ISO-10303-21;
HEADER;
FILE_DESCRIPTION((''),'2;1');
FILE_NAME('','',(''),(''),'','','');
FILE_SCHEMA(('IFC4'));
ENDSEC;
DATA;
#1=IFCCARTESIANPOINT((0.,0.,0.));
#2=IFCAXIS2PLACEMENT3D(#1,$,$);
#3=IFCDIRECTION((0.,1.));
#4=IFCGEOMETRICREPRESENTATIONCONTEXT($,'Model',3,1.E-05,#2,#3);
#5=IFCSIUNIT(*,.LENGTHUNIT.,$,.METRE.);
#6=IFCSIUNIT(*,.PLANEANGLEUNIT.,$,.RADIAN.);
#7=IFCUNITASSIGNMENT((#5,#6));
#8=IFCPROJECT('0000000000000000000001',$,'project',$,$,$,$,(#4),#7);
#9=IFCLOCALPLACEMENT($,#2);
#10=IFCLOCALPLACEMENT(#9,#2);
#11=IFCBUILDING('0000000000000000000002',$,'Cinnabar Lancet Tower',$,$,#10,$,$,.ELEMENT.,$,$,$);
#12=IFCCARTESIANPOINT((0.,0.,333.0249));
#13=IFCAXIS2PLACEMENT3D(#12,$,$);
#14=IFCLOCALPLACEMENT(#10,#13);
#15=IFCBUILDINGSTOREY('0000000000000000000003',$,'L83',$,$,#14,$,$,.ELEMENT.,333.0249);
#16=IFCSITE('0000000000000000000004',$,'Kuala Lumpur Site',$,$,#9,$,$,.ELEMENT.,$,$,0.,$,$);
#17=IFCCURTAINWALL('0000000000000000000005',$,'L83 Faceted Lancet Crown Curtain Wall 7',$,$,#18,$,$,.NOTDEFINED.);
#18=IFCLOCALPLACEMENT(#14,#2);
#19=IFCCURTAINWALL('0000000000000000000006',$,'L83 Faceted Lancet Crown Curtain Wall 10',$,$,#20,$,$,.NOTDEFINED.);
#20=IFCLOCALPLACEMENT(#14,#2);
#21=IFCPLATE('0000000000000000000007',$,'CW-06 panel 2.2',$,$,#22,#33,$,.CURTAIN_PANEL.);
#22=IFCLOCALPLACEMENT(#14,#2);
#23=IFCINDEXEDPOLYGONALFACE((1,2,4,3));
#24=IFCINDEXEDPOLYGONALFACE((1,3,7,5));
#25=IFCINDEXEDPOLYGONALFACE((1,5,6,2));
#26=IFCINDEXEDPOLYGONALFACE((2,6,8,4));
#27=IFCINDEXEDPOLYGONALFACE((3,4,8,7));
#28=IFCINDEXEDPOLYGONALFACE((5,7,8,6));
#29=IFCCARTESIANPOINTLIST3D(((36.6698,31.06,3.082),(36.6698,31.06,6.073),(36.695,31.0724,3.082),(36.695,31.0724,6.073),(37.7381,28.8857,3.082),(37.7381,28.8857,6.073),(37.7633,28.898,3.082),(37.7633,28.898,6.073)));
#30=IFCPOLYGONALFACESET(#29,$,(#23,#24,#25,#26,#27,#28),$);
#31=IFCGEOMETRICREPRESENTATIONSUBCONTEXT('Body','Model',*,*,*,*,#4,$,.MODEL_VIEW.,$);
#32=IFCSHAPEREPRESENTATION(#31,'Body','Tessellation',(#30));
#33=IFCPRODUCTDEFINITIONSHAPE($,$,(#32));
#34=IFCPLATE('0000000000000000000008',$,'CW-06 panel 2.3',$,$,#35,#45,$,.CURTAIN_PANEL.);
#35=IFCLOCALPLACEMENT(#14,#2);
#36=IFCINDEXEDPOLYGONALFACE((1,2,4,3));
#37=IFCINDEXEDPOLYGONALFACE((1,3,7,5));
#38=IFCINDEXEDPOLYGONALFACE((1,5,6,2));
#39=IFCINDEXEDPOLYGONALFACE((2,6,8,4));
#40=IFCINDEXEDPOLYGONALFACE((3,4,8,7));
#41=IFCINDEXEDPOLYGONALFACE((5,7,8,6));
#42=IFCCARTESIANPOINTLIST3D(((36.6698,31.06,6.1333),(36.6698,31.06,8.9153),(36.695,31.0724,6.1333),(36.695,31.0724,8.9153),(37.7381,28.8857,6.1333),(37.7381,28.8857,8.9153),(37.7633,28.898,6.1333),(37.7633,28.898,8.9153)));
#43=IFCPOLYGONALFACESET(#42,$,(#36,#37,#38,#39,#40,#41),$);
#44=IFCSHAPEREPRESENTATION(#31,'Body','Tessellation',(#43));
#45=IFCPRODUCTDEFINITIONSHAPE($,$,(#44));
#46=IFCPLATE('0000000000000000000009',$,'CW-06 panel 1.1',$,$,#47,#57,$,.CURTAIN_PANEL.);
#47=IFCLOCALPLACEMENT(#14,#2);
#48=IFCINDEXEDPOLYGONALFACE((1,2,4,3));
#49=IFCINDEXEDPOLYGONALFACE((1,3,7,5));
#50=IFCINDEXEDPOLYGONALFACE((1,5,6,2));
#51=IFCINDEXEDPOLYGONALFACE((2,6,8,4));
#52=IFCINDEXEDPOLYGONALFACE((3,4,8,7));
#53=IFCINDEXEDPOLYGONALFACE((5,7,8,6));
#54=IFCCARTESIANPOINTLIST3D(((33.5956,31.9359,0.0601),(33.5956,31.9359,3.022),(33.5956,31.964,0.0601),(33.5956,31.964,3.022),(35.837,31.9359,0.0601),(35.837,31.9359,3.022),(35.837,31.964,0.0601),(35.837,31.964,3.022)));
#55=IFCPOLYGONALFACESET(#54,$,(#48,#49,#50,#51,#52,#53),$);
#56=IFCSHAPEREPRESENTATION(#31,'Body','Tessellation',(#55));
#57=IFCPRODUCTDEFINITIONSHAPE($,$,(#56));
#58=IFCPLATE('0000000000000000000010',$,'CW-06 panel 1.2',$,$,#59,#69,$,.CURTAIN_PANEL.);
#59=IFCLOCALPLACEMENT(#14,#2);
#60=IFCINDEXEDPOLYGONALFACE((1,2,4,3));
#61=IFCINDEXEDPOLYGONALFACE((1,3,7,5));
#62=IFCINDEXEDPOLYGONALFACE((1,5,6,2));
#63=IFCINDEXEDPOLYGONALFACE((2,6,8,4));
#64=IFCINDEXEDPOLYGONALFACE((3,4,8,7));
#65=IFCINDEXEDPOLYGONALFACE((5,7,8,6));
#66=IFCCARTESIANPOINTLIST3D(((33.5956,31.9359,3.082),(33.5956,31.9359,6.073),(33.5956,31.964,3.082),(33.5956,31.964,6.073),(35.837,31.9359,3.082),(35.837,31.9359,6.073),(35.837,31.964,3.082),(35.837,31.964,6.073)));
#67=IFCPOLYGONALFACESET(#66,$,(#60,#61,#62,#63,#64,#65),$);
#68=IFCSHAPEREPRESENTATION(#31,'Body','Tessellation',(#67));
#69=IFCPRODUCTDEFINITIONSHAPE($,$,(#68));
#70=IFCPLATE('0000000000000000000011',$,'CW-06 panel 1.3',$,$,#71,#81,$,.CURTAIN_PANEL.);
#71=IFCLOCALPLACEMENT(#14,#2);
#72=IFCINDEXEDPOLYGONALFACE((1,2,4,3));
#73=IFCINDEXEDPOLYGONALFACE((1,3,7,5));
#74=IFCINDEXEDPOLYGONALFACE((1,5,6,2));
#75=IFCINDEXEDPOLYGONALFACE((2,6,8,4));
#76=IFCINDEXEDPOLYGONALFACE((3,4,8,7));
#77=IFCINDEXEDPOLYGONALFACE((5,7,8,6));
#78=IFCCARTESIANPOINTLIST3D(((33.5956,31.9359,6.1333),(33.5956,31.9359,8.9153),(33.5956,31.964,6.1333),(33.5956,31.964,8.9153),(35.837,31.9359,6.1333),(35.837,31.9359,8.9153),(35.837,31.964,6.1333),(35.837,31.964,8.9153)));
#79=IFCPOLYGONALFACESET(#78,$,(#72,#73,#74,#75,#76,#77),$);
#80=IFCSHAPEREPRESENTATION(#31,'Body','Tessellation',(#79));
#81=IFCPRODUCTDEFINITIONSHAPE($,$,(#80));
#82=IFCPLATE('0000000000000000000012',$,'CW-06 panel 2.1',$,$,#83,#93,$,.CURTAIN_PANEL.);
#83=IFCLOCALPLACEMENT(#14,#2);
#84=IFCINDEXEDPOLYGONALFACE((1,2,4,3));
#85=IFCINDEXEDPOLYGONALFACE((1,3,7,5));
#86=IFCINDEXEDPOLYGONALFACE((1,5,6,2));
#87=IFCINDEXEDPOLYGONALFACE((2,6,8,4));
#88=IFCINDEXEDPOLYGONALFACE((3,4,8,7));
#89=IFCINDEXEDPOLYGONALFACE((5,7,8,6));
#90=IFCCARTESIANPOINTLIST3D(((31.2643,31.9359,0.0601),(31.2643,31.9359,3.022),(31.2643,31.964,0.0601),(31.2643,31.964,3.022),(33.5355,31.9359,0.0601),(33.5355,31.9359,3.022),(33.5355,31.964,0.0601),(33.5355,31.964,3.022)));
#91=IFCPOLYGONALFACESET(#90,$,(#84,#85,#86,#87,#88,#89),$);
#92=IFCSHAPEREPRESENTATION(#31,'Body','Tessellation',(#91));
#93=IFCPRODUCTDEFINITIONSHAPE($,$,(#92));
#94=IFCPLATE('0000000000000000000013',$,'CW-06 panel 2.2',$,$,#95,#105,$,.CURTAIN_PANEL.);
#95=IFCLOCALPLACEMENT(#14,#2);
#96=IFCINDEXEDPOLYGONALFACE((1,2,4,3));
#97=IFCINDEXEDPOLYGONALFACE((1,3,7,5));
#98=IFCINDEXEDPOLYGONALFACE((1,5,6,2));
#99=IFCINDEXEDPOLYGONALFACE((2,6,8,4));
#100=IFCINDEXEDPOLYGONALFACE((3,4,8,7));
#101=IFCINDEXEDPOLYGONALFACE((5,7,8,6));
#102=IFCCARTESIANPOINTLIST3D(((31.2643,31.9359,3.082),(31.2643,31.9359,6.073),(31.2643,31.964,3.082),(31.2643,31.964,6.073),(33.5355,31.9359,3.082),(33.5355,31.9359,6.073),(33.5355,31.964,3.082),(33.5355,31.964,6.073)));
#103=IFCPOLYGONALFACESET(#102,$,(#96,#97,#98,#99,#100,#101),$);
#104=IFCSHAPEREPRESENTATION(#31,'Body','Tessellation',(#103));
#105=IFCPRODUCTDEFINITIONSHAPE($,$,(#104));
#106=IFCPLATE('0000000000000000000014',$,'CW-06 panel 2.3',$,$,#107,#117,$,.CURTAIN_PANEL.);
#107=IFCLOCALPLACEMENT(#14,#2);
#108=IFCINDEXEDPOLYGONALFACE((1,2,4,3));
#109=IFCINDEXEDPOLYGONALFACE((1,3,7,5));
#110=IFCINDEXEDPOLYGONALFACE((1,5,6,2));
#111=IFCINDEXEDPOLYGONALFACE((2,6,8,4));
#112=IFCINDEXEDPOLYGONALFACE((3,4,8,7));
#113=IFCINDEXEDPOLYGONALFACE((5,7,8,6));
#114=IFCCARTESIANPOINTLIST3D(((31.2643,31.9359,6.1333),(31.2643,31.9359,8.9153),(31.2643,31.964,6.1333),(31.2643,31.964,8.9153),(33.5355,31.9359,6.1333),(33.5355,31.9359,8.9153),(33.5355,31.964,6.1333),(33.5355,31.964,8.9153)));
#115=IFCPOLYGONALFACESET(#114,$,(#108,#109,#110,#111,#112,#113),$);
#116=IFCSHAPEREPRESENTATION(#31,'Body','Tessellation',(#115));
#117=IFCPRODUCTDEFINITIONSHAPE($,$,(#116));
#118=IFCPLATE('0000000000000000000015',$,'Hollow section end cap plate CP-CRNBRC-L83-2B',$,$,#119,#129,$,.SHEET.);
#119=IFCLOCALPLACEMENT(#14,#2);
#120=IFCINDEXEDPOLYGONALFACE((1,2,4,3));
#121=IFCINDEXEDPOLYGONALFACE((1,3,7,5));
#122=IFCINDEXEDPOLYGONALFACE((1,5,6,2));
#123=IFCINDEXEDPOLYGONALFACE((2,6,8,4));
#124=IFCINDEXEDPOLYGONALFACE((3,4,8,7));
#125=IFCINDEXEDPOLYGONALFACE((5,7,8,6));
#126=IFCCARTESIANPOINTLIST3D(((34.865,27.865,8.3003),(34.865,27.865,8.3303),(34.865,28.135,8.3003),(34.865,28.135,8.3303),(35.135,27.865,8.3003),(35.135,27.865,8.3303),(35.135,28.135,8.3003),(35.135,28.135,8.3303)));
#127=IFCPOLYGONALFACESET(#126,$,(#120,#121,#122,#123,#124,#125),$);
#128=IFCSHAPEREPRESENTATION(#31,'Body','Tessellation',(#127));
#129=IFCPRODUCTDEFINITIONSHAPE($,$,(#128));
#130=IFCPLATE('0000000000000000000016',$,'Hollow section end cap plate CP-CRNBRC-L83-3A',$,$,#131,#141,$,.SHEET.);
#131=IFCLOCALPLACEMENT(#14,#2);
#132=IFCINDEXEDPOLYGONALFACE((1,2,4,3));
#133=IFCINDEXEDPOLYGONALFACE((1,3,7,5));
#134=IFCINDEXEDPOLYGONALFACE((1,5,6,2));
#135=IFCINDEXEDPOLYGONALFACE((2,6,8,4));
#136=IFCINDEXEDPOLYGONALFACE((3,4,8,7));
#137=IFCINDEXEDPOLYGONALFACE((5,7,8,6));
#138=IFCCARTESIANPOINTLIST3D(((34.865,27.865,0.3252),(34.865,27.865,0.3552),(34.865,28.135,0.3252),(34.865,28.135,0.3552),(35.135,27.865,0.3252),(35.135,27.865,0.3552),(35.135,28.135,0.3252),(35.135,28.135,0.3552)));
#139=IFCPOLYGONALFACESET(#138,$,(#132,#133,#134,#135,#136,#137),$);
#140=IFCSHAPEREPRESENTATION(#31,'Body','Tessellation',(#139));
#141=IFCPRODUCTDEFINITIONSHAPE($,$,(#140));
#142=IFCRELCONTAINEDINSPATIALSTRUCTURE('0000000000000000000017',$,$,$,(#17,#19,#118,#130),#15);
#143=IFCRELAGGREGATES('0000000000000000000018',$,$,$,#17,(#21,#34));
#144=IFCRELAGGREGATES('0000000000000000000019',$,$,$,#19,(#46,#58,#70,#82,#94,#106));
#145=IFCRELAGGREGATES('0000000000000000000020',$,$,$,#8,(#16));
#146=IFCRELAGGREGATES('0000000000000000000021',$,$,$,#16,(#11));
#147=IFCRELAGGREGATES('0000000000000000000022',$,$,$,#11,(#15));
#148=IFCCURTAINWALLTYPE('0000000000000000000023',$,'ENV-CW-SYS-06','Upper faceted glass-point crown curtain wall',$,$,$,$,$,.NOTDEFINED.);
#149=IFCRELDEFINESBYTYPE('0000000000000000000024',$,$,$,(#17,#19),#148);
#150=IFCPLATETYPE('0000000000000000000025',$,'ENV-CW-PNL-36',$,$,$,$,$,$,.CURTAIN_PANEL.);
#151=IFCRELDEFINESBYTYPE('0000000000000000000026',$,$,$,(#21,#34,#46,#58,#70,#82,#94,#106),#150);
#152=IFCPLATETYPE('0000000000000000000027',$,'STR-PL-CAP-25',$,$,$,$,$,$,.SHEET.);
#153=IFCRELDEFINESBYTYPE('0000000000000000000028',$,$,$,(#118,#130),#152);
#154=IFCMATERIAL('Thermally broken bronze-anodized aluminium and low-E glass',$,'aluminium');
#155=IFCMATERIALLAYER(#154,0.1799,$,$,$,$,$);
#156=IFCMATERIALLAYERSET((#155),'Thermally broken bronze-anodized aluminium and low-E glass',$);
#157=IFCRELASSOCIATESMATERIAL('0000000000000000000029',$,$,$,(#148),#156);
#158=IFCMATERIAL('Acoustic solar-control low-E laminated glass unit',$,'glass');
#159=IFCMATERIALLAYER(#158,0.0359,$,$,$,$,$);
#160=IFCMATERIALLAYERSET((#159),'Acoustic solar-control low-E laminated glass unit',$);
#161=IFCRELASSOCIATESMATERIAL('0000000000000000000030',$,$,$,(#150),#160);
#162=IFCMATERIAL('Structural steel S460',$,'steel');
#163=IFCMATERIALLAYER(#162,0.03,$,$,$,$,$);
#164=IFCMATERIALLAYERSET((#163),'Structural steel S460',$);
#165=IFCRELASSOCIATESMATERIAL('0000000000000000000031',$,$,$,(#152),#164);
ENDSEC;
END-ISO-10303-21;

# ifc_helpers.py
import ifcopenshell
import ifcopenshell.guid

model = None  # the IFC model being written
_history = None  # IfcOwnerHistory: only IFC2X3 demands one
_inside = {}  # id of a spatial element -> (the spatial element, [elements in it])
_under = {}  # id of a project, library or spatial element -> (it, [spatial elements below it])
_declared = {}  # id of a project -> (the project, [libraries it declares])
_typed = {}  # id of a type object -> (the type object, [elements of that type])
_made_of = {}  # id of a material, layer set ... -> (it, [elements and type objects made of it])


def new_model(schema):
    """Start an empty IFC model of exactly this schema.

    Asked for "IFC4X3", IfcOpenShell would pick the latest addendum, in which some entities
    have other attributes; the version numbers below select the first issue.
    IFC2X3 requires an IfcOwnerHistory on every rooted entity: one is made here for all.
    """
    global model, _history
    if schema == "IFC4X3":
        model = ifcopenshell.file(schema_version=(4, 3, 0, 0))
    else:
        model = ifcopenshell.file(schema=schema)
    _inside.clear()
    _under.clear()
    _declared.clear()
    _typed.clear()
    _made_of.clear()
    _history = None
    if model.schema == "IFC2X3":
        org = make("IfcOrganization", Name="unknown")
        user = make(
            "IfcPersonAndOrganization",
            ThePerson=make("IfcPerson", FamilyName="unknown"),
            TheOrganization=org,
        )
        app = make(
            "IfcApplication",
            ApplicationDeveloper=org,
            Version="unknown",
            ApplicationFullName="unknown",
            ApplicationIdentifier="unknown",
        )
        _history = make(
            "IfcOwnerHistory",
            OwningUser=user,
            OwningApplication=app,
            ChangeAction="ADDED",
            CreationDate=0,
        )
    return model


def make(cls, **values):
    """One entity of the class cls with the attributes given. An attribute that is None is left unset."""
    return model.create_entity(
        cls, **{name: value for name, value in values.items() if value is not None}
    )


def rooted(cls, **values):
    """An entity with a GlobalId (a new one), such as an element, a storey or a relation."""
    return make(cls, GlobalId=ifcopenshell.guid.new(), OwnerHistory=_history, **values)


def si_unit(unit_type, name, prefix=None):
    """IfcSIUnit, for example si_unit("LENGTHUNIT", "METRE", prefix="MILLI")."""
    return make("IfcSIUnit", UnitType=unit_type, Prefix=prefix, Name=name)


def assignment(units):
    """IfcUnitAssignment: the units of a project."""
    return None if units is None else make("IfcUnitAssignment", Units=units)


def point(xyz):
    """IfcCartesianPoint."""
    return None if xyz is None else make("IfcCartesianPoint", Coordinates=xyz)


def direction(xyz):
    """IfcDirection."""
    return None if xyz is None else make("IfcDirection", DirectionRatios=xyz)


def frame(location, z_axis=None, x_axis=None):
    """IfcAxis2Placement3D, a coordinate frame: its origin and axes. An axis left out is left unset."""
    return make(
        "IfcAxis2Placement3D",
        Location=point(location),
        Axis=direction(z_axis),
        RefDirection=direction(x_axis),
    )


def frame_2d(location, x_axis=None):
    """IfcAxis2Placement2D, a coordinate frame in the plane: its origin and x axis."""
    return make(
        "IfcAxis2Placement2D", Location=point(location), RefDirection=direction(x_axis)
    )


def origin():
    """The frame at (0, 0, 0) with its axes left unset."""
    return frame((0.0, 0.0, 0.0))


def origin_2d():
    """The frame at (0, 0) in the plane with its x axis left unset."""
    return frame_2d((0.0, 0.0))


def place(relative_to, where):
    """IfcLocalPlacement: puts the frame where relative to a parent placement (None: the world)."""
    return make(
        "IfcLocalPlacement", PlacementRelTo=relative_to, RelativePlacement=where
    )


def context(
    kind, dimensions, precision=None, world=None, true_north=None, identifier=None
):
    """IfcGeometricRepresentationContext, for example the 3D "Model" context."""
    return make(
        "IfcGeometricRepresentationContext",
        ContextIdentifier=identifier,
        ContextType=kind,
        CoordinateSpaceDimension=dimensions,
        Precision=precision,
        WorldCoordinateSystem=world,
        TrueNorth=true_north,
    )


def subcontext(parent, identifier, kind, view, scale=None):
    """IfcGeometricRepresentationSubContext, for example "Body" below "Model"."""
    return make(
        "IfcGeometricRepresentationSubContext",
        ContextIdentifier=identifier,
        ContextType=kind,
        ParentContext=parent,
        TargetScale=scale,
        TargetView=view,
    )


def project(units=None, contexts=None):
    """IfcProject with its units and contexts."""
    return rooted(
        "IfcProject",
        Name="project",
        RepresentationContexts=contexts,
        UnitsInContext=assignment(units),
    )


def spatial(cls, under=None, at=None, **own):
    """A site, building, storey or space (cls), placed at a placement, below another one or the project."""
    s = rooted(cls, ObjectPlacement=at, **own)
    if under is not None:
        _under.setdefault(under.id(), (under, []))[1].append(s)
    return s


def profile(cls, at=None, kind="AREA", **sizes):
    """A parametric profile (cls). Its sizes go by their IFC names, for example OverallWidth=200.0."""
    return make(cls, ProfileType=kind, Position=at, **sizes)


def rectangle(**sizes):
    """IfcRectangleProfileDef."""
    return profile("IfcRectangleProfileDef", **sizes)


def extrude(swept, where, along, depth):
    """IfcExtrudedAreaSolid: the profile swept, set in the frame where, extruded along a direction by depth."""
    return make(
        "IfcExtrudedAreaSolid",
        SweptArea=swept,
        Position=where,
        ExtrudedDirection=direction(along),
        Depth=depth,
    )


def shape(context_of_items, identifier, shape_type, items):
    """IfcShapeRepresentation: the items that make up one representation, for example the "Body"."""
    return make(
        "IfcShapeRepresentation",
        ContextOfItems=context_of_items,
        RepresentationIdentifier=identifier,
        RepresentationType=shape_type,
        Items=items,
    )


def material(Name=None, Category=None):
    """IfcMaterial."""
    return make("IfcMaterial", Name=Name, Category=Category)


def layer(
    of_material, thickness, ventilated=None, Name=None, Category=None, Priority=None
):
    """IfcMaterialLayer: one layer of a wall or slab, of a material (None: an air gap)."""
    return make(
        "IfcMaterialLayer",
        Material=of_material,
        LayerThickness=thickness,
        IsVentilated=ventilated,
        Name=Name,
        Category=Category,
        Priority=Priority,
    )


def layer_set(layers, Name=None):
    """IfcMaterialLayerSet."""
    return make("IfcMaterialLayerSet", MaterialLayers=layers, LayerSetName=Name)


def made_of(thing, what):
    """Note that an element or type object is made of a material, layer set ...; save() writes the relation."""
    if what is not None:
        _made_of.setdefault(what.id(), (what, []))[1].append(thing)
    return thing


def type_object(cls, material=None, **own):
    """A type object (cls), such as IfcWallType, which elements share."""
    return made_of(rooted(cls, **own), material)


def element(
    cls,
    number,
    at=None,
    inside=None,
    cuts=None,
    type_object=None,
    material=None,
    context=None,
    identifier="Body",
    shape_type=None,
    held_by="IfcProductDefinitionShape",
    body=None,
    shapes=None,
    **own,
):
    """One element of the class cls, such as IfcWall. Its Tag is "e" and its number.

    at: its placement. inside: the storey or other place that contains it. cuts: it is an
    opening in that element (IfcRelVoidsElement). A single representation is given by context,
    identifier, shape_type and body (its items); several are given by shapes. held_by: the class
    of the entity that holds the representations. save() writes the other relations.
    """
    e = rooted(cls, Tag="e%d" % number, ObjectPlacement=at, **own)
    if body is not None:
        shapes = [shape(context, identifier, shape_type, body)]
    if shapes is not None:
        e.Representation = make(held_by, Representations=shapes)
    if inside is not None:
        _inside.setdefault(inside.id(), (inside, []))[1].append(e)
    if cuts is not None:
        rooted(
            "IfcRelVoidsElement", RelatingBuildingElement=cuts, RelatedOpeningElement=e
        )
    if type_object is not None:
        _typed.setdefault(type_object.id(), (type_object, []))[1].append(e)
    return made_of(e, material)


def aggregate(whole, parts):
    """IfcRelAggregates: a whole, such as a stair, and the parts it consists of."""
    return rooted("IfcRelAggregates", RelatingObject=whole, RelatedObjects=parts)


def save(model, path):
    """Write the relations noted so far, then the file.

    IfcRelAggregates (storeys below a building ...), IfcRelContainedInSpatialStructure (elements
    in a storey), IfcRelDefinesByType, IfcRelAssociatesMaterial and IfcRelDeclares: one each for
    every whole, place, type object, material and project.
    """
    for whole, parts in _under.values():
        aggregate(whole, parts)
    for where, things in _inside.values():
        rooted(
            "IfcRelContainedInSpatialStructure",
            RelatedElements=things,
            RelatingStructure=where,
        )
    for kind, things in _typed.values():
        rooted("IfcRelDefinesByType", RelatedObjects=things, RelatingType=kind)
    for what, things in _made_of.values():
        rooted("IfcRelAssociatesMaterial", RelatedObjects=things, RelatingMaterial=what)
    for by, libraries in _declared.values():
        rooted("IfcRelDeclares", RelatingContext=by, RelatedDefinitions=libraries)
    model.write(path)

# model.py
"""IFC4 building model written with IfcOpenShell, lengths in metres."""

from ifc_helpers import new_model, si_unit, direction, frame, origin, origin_2d, place, context, subcontext, project, spatial, rectangle, extrude, material, layer, layer_set, type_object, element, aggregate, save


model = new_model("IFC4")

# Units and contexts
model_context = context("Model", 3, precision=1e-05, world=origin(), true_north=direction((0.0, 1.0)))
body_context = subcontext(model_context, "Body", "Model", "MODEL_VIEW")
ifc_project = project(units=[si_unit("LENGTHUNIT", "METRE"), si_unit("PLANEANGLEUNIT", "RADIAN")], contexts=[model_context])

# Site, building, storey
site_placement = place(None, origin())
site = spatial("IfcSite", under=ifc_project, at=site_placement, Name="Kuala Lumpur Site", CompositionType="ELEMENT", RefElevation=0.0)
building_placement = place(site_placement, origin())
building = spatial("IfcBuilding", under=site, at=building_placement, Name="Cinnabar Lancet Tower", CompositionType="ELEMENT")
storey_placement = place(building_placement, frame((0.0, 0.0, 333.0249)))
storey = spatial("IfcBuildingStorey", under=building, at=storey_placement, Name="L83", CompositionType="ELEMENT", Elevation=333.0249)

# Curtain walls
ifc_material_1 = material(Name="Thermally broken bronze-anodized aluminium and low-E glass", Category="aluminium")
ifc_layer_1 = layer(ifc_material_1, 0.1799)
ifc_layer_set_1 = layer_set([ifc_layer_1], Name="Thermally broken bronze-anodized aluminium and low-E glass")
curtain_wall_type = type_object("IfcCurtainWallType", Name="ENV-CW-SYS-06", Description="Upper faceted glass-point crown curtain wall", PredefinedType="NOTDEFINED", material=ifc_layer_set_1)
curtain_wall_1_placement = place(storey_placement, origin())
curtain_wall_1 = element("IfcCurtainWall", 1, at=curtain_wall_1_placement, inside=storey, type_object=curtain_wall_type, Name="L83 Faceted Lancet Crown Curtain Wall 7", PredefinedType="NOTDEFINED")
curtain_wall_2_placement = place(storey_placement, origin())
curtain_wall_2 = element("IfcCurtainWall", 2, at=curtain_wall_2_placement, inside=storey, type_object=curtain_wall_type, Name="L83 Faceted Lancet Crown Curtain Wall 10", PredefinedType="NOTDEFINED")

# Plates
ifc_material_2 = material(Name="Acoustic solar-control low-E laminated glass unit", Category="glass")
ifc_layer_2 = layer(ifc_material_2, 0.0359)
ifc_layer_set_2 = layer_set([ifc_layer_2], Name="Acoustic solar-control low-E laminated glass unit")
plate_type_1 = type_object("IfcPlateType", Name="ENV-CW-PNL-36", PredefinedType="CURTAIN_PANEL", material=ifc_layer_set_2)
plate_1_placement = place(storey_placement, frame((37.2166, 29.979, 3.082), z_axis=(0.0, 0.0, 1.0), x_axis=(-0.440994, 0.89751, 0.0)))
plate_1 = element("IfcPlate", 3, at=plate_1_placement, type_object=plate_type_1, Name="CW-06 panel 2.2", PredefinedType="CURTAIN_PANEL", context=body_context, shape_type="SweptSolid", body=[
    extrude(rectangle(XDim=2.4226, YDim=0.0281, at=origin_2d()), origin(), (0.0, 0.0, 1.0), 2.991),
])
plate_2_placement = place(storey_placement, frame((37.2166, 29.979, 6.1333), z_axis=(0.0, 0.0, 1.0), x_axis=(-0.440994, 0.89751, 0.0)))
plate_2 = element("IfcPlate", 4, at=plate_2_placement, type_object=plate_type_1, Name="CW-06 panel 2.3", PredefinedType="CURTAIN_PANEL", context=body_context, shape_type="SweptSolid", body=[
    extrude(rectangle(XDim=2.4226, YDim=0.0281, at=origin_2d()), origin(), (0.0, 0.0, 1.0), 2.782),
])
aggregate(curtain_wall_1, [plate_1, plate_2])
plate_3_placement = place(storey_placement, frame((34.7163, 31.95, 0.0601), z_axis=(0.0, 0.0, 1.0), x_axis=(-1.0, 0.0, 0.0)))
plate_3 = element("IfcPlate", 5, at=plate_3_placement, type_object=plate_type_1, Name="CW-06 panel 1.1", PredefinedType="CURTAIN_PANEL", context=body_context, shape_type="SweptSolid", body=[
    extrude(rectangle(XDim=2.2415, YDim=0.0281, at=origin_2d()), origin(), (0.0, 0.0, 1.0), 2.9619),
])
plate_4_placement = place(storey_placement, frame((34.7163, 31.95, 3.082), z_axis=(0.0, 0.0, 1.0), x_axis=(-1.0, 0.0, 0.0)))
plate_4 = element("IfcPlate", 6, at=plate_4_placement, type_object=plate_type_1, Name="CW-06 panel 1.2", PredefinedType="CURTAIN_PANEL", context=body_context, shape_type="SweptSolid", body=[
    extrude(rectangle(XDim=2.2415, YDim=0.0281, at=origin_2d()), origin(), (0.0, 0.0, 1.0), 2.991),
])
plate_5_placement = place(storey_placement, frame((34.7163, 31.95, 6.1333), z_axis=(0.0, 0.0, 1.0), x_axis=(-1.0, 0.0, 0.0)))
plate_5 = element("IfcPlate", 7, at=plate_5_placement, type_object=plate_type_1, Name="CW-06 panel 1.3", PredefinedType="CURTAIN_PANEL", context=body_context, shape_type="SweptSolid", body=[
    extrude(rectangle(XDim=2.2415, YDim=0.0281, at=origin_2d()), origin(), (0.0, 0.0, 1.0), 2.782),
])
plate_6_placement = place(storey_placement, frame((32.3999, 31.95, 0.0601), z_axis=(0.0, 0.0, 1.0), x_axis=(-1.0, 0.0, 0.0)))
plate_6 = element("IfcPlate", 8, at=plate_6_placement, type_object=plate_type_1, Name="CW-06 panel 2.1", PredefinedType="CURTAIN_PANEL", context=body_context, shape_type="SweptSolid", body=[
    extrude(rectangle(XDim=2.2712, YDim=0.0281, at=origin_2d()), origin(), (0.0, 0.0, 1.0), 2.9619),
])
plate_7_placement = place(storey_placement, frame((32.3999, 31.95, 3.082), z_axis=(0.0, 0.0, 1.0), x_axis=(-1.0, 0.0, 0.0)))
plate_7 = element("IfcPlate", 9, at=plate_7_placement, type_object=plate_type_1, Name="CW-06 panel 2.2", PredefinedType="CURTAIN_PANEL", context=body_context, shape_type="SweptSolid", body=[
    extrude(rectangle(XDim=2.2712, YDim=0.0281, at=origin_2d()), origin(), (0.0, 0.0, 1.0), 2.991),
])
plate_8_placement = place(storey_placement, frame((32.3999, 31.95, 6.1333), z_axis=(0.0, 0.0, 1.0), x_axis=(-1.0, 0.0, 0.0)))
plate_8 = element("IfcPlate", 10, at=plate_8_placement, type_object=plate_type_1, Name="CW-06 panel 2.3", PredefinedType="CURTAIN_PANEL", context=body_context, shape_type="SweptSolid", body=[
    extrude(rectangle(XDim=2.2712, YDim=0.0281, at=origin_2d()), origin(), (0.0, 0.0, 1.0), 2.782),
])
aggregate(curtain_wall_2, [plate_3, plate_4, plate_5, plate_6, plate_7, plate_8])

# Plates
ifc_material_3 = material(Name="Structural steel S460", Category="steel")
ifc_layer_3 = layer(ifc_material_3, 0.03)
ifc_layer_set_3 = layer_set([ifc_layer_3], Name="Structural steel S460")
plate_type_2 = type_object("IfcPlateType", Name="STR-PL-CAP-25", PredefinedType="SHEET", material=ifc_layer_set_3)
for number, where, z_axis, x_axis, name in (
    (11, (35.0, 28.0, 8.3003), (0.0, 0.0, 1.0), (0.0, 1.0, 0.0), "Hollow section end cap plate CP-CRNBRC-L83-2B"),
    (12, (35.0, 28.0, 0.3252), (0.0, 0.0, 1.0), (1.0, 0.0, 0.0), "Hollow section end cap plate CP-CRNBRC-L83-3A"),
):
    element("IfcPlate", number, at=place(storey_placement, frame(where, z_axis=z_axis, x_axis=x_axis)), inside=storey, type_object=plate_type_2, Name=name, PredefinedType="SHEET", context=body_context, shape_type="SweptSolid", body=[
        extrude(rectangle(XDim=0.27, YDim=0.27, at=origin_2d()), origin(), (0.0, 0.0, 1.0), 0.03),
    ])

save(model, "model.ifc")
